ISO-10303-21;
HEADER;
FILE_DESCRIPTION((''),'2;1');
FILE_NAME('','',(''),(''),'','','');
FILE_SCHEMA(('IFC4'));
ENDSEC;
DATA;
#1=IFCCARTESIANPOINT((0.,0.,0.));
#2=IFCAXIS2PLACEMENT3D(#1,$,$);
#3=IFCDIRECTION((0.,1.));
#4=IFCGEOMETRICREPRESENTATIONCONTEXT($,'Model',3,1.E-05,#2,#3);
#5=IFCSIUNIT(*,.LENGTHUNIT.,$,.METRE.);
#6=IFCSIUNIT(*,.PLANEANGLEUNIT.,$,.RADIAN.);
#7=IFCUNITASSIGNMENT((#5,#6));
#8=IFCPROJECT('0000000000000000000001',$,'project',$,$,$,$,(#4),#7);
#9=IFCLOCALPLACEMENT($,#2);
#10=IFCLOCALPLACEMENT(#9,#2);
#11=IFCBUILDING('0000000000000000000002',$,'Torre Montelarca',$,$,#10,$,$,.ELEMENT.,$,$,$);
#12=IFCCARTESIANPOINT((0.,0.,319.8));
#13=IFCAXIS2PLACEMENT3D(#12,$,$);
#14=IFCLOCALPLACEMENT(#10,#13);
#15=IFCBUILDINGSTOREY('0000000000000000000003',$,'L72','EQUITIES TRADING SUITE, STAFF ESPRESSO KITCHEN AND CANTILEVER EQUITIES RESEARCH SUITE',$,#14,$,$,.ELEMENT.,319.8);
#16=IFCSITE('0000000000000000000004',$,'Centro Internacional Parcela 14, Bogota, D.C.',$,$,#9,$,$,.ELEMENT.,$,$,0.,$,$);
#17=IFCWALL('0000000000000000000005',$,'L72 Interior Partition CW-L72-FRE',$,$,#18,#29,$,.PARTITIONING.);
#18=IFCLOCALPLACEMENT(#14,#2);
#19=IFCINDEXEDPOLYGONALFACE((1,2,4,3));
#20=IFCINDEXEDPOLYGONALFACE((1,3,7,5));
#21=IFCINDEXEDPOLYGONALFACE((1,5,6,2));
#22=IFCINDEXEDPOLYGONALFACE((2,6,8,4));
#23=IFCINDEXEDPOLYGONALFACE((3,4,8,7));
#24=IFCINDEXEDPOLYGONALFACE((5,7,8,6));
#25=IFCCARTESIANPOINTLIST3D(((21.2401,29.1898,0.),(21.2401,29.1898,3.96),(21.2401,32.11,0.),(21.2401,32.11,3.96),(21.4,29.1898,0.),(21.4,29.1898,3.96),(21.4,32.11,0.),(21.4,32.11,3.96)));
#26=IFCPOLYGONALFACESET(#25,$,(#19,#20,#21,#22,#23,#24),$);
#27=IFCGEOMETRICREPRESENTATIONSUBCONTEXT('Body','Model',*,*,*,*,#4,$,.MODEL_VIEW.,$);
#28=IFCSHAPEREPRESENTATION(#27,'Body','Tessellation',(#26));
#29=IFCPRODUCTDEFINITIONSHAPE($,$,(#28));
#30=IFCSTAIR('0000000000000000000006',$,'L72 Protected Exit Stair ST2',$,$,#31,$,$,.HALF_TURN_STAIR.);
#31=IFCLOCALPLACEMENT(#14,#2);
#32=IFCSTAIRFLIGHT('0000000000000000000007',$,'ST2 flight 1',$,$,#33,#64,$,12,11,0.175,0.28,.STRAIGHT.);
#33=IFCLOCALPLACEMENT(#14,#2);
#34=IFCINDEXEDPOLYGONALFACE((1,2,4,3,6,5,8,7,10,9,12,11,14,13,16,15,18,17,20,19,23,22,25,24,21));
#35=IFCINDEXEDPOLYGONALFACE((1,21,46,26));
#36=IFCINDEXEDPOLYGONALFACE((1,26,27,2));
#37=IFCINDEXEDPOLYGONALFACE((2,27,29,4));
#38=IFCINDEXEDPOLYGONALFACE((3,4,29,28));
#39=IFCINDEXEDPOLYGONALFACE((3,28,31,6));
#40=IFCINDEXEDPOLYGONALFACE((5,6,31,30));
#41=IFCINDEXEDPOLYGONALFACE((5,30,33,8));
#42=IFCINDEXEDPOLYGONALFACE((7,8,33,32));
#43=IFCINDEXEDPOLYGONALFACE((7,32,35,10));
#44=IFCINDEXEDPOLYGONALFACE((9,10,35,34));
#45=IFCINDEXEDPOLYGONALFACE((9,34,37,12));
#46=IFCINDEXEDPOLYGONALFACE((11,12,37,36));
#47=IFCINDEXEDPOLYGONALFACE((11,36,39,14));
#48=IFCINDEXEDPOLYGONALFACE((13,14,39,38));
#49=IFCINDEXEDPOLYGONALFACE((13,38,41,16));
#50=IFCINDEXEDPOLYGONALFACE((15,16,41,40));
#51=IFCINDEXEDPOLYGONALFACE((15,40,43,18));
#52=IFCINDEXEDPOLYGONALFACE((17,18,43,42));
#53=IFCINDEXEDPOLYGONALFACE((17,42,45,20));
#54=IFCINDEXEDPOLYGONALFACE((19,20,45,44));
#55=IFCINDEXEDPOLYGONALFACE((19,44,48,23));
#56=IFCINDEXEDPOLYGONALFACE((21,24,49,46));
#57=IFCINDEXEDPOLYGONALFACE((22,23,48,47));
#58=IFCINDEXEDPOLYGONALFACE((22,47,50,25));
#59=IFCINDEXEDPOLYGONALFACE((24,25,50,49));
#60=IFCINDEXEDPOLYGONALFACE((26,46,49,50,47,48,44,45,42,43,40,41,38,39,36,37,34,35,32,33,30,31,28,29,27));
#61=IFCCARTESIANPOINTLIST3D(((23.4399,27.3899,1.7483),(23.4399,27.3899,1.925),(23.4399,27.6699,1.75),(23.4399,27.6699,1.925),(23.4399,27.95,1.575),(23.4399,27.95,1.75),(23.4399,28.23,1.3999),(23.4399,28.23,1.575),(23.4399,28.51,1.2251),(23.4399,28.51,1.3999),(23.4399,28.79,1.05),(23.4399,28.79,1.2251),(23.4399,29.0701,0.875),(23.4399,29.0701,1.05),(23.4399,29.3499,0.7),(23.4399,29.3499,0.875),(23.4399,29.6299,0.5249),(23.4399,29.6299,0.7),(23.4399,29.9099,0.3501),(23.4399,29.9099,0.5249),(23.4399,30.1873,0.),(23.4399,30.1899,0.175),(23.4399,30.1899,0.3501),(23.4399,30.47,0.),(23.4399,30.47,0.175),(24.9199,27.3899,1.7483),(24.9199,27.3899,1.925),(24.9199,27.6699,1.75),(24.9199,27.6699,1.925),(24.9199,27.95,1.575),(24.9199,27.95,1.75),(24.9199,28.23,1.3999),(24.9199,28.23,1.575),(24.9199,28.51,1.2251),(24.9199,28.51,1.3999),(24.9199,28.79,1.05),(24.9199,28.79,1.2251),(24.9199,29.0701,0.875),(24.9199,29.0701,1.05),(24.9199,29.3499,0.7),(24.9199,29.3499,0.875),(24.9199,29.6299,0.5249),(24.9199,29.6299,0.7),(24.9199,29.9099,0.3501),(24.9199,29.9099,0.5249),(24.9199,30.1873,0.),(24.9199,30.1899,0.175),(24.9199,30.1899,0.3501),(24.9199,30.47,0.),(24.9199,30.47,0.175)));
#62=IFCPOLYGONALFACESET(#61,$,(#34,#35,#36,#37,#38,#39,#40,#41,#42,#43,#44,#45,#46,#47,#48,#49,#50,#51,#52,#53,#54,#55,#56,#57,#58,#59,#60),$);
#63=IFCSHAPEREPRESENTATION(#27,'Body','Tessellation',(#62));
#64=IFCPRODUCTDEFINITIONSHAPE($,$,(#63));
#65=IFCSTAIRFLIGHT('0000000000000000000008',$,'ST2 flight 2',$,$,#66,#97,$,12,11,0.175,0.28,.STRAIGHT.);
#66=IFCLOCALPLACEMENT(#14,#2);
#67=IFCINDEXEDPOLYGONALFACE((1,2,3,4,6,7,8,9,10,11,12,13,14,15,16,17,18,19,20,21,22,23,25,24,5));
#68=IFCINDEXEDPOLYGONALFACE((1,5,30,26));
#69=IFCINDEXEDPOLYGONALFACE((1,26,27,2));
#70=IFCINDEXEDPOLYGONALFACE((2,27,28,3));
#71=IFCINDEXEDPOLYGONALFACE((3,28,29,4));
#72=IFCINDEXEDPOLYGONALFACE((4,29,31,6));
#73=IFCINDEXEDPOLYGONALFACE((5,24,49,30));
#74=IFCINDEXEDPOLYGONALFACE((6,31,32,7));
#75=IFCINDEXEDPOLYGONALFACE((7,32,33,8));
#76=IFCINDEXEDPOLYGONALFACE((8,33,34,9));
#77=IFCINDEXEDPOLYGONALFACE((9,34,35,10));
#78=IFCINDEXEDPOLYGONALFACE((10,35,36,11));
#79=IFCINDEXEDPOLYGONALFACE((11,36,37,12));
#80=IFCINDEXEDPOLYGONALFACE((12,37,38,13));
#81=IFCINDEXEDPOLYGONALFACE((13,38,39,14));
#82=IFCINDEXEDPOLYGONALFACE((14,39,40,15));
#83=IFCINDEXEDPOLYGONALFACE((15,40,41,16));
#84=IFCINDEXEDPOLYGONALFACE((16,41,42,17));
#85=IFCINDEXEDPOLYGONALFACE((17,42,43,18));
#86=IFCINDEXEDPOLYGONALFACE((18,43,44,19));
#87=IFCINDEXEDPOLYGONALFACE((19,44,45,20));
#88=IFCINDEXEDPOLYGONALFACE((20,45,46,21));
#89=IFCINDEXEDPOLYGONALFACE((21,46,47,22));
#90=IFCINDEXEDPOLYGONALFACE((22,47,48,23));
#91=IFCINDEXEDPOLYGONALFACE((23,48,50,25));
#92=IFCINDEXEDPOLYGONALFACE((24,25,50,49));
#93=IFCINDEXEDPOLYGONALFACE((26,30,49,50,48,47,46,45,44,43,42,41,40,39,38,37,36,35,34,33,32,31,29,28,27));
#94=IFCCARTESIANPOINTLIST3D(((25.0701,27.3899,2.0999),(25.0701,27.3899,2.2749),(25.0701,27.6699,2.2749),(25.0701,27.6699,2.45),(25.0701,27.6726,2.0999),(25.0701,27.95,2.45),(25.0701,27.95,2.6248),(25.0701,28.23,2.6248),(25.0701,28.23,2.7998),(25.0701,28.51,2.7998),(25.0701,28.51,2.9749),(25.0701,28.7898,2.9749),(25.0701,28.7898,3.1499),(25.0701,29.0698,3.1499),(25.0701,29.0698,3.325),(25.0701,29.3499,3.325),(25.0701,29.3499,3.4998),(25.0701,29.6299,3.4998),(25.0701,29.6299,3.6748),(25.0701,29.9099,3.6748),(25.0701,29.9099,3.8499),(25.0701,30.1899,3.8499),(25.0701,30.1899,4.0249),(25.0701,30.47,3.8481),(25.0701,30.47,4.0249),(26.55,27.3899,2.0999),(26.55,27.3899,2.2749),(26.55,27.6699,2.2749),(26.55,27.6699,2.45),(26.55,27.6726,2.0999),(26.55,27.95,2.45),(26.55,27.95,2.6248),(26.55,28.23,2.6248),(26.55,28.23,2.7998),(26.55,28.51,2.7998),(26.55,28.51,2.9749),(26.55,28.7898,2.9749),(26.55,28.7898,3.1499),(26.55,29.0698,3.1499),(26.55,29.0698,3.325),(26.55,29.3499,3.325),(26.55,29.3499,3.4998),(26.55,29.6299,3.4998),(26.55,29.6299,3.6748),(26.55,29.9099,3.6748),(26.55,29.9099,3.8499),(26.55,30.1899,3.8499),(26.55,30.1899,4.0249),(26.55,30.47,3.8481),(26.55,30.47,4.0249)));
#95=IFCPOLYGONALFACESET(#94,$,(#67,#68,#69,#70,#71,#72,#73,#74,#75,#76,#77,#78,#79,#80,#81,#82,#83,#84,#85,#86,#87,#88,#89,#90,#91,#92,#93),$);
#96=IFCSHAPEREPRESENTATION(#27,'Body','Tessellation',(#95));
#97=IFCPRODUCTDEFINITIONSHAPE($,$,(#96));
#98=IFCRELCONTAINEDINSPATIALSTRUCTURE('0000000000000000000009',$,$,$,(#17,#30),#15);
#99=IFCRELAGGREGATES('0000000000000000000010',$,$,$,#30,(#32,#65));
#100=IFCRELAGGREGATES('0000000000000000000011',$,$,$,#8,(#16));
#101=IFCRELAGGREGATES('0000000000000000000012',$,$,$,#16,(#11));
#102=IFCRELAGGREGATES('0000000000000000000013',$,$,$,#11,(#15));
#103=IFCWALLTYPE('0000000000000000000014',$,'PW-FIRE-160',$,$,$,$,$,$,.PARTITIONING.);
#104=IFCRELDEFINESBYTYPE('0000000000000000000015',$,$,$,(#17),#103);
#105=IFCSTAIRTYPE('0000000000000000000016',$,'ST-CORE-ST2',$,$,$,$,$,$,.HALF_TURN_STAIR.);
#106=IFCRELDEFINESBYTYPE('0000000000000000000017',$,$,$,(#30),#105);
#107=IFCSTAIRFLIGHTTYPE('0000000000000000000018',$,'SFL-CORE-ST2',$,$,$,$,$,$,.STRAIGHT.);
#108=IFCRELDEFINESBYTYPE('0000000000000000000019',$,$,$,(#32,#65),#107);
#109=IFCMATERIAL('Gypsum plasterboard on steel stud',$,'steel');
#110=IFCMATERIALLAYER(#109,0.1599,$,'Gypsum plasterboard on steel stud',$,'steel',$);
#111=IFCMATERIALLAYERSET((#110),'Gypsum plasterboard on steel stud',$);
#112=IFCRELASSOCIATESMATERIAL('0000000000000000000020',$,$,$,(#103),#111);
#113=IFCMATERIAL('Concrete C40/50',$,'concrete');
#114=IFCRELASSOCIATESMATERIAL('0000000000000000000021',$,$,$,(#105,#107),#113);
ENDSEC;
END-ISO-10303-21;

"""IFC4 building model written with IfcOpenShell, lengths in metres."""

from ifc_helpers import new_model, si_unit, direction, frame, frame_2d, origin, place, context, subcontext, project, spatial, polyline, rectangle, outline, extrude, material, layer, layer_set, type_object, element, aggregate, save


model = new_model("IFC4")

# Units and contexts
model_context = context("Model", 3, precision=1e-05, world=origin(), true_north=direction((0.0, 1.0)))
body_context = subcontext(model_context, "Body", "Model", "MODEL_VIEW")
ifc_project = project(units=[si_unit("LENGTHUNIT", "METRE"), si_unit("PLANEANGLEUNIT", "RADIAN")], contexts=[model_context])

# Site, building, storey
site_placement = place(None, origin())
site = spatial("IfcSite", under=ifc_project, at=site_placement, Name="Centro Internacional Parcela 14, Bogota, D.C.", CompositionType="ELEMENT", RefElevation=0.0)
building_placement = place(site_placement, origin())
building = spatial("IfcBuilding", under=site, at=building_placement, Name="Torre Montelarca", CompositionType="ELEMENT")
storey_placement = place(building_placement, frame((0.0, 0.0, 319.8)))
storey = spatial("IfcBuildingStorey", under=building, at=storey_placement, Name="L72", Description="EQUITIES TRADING SUITE, STAFF ESPRESSO KITCHEN AND CANTILEVER EQUITIES RESEARCH SUITE", CompositionType="ELEMENT", Elevation=319.8)

# Shared definitions
ifc_material_1 = material(Name="Concrete C40/50", Category="concrete")

# Wall
ifc_material_2 = material(Name="Gypsum plasterboard on steel stud", Category="steel")
ifc_layer_1 = layer(ifc_material_2, 0.1599, Name="Gypsum plasterboard on steel stud", Category="steel")
ifc_layer_set_1 = layer_set([ifc_layer_1], Name="Gypsum plasterboard on steel stud")
wall_type_1 = type_object("IfcWallType", Name="PW-FIRE-160", PredefinedType="PARTITIONING", material=ifc_layer_set_1)
wall_1_placement = place(storey_placement, frame((21.3201, 29.1899, 0.0), z_axis=(0.0, 0.0, 1.0), x_axis=(0.0, 1.0, 0.0)))
element("IfcWall", 1, at=wall_1_placement, inside=storey, type_object=wall_type_1, Name="L72 Interior Partition CW-L72-FRE", PredefinedType="PARTITIONING", context=body_context, shape_type="SweptSolid", body=[
    extrude(rectangle(XDim=2.9202, YDim=0.1599, at=frame_2d((1.46, 0.0))), origin(), (0.0, 0.0, 1.0), 3.96),
])

# Stair, stair flights
stair_type = type_object("IfcStairType", Name="ST-CORE-ST2", PredefinedType="HALF_TURN_STAIR", material=ifc_material_1)
stair_placement = place(storey_placement, origin())
stair = element("IfcStair", 2, at=stair_placement, inside=storey, type_object=stair_type, Name="L72 Protected Exit Stair ST2", PredefinedType="HALF_TURN_STAIR")
stair_flight_type = type_object("IfcStairFlightType", Name="SFL-CORE-ST2", PredefinedType="STRAIGHT", material=ifc_material_1)
stair_flight_1_placement = place(storey_placement, frame((24.1799, 30.47, 0.0), z_axis=(0.0, 0.0, 1.0), x_axis=(0.0, -1.0, 0.0)))
stair_flight_1 = element("IfcStairFlight", 3, at=stair_flight_1_placement, type_object=stair_flight_type, Name="ST2 flight 1", NumberOfRisers=12, NumberOfTreads=11, PredefinedType="STRAIGHT", RiserHeight=0.175, TreadLength=0.28, context=body_context, shape_type="SweptSolid", body=[
    extrude(outline(polyline([(0.0, 0.0), (0.0, 0.175), (0.28, 0.175), (0.28, 0.3501), (0.5601, 0.3501), (0.5601, 0.5249), (0.8401, 0.5249), (0.8401, 0.7), (1.1201, 0.7), (1.1201, 0.875), (1.3999, 0.875), (1.3999, 1.05), (1.6799, 1.05), (1.6799, 1.2251), (1.96, 1.2251), (1.96, 1.3999), (2.24, 1.3999), (2.24, 1.575), (2.52, 1.575), (2.52, 1.75), (2.8, 1.75), (2.8, 1.925), (3.0801, 1.925), (3.0801, 2.1001), (3.0801, 1.7483), (0.2827, 0.0), (0.0, 0.0)])), frame((0.0, 0.74, 0.0), z_axis=(0.0, -1.0, 0.0), x_axis=(1.0, 0.0, 0.0)), (0.0, 0.0, 1.0), 1.48),
])
stair_flight_2_placement = place(storey_placement, frame((25.8101, 27.3899, 2.0999), z_axis=(0.0, 0.0, 1.0), x_axis=(0.0, 1.0, 0.0)))
stair_flight_2 = element("IfcStairFlight", 4, at=stair_flight_2_placement, type_object=stair_flight_type, Name="ST2 flight 2", NumberOfRisers=12, NumberOfTreads=11, PredefinedType="STRAIGHT", RiserHeight=0.175, TreadLength=0.28, context=body_context, shape_type="SweptSolid", body=[
    extrude(outline(polyline([(0.0, 0.0), (0.0, 0.175), (0.28, 0.175), (0.28, 0.3501), (0.5601, 0.3501), (0.5601, 0.5249), (0.8401, 0.5249), (0.8401, 0.7), (1.1201, 0.7), (1.1201, 0.875), (1.3999, 0.875), (1.3999, 1.05), (1.6799, 1.05), (1.6799, 1.2251), (1.96, 1.2251), (1.96, 1.3999), (2.24, 1.3999), (2.24, 1.575), (2.52, 1.575), (2.52, 1.75), (2.8, 1.75), (2.8, 1.925), (3.0801, 1.925), (3.0801, 2.1001), (3.0801, 1.7483), (0.2827, 0.0), (0.0, 0.0)])), frame((0.0, 0.74, 0.0), z_axis=(0.0, -1.0, 0.0), x_axis=(1.0, 0.0, 0.0)), (0.0, 0.0, 1.0), 1.48),
])
aggregate(stair, [stair_flight_1, stair_flight_2])

save(model, "model.ifc")
